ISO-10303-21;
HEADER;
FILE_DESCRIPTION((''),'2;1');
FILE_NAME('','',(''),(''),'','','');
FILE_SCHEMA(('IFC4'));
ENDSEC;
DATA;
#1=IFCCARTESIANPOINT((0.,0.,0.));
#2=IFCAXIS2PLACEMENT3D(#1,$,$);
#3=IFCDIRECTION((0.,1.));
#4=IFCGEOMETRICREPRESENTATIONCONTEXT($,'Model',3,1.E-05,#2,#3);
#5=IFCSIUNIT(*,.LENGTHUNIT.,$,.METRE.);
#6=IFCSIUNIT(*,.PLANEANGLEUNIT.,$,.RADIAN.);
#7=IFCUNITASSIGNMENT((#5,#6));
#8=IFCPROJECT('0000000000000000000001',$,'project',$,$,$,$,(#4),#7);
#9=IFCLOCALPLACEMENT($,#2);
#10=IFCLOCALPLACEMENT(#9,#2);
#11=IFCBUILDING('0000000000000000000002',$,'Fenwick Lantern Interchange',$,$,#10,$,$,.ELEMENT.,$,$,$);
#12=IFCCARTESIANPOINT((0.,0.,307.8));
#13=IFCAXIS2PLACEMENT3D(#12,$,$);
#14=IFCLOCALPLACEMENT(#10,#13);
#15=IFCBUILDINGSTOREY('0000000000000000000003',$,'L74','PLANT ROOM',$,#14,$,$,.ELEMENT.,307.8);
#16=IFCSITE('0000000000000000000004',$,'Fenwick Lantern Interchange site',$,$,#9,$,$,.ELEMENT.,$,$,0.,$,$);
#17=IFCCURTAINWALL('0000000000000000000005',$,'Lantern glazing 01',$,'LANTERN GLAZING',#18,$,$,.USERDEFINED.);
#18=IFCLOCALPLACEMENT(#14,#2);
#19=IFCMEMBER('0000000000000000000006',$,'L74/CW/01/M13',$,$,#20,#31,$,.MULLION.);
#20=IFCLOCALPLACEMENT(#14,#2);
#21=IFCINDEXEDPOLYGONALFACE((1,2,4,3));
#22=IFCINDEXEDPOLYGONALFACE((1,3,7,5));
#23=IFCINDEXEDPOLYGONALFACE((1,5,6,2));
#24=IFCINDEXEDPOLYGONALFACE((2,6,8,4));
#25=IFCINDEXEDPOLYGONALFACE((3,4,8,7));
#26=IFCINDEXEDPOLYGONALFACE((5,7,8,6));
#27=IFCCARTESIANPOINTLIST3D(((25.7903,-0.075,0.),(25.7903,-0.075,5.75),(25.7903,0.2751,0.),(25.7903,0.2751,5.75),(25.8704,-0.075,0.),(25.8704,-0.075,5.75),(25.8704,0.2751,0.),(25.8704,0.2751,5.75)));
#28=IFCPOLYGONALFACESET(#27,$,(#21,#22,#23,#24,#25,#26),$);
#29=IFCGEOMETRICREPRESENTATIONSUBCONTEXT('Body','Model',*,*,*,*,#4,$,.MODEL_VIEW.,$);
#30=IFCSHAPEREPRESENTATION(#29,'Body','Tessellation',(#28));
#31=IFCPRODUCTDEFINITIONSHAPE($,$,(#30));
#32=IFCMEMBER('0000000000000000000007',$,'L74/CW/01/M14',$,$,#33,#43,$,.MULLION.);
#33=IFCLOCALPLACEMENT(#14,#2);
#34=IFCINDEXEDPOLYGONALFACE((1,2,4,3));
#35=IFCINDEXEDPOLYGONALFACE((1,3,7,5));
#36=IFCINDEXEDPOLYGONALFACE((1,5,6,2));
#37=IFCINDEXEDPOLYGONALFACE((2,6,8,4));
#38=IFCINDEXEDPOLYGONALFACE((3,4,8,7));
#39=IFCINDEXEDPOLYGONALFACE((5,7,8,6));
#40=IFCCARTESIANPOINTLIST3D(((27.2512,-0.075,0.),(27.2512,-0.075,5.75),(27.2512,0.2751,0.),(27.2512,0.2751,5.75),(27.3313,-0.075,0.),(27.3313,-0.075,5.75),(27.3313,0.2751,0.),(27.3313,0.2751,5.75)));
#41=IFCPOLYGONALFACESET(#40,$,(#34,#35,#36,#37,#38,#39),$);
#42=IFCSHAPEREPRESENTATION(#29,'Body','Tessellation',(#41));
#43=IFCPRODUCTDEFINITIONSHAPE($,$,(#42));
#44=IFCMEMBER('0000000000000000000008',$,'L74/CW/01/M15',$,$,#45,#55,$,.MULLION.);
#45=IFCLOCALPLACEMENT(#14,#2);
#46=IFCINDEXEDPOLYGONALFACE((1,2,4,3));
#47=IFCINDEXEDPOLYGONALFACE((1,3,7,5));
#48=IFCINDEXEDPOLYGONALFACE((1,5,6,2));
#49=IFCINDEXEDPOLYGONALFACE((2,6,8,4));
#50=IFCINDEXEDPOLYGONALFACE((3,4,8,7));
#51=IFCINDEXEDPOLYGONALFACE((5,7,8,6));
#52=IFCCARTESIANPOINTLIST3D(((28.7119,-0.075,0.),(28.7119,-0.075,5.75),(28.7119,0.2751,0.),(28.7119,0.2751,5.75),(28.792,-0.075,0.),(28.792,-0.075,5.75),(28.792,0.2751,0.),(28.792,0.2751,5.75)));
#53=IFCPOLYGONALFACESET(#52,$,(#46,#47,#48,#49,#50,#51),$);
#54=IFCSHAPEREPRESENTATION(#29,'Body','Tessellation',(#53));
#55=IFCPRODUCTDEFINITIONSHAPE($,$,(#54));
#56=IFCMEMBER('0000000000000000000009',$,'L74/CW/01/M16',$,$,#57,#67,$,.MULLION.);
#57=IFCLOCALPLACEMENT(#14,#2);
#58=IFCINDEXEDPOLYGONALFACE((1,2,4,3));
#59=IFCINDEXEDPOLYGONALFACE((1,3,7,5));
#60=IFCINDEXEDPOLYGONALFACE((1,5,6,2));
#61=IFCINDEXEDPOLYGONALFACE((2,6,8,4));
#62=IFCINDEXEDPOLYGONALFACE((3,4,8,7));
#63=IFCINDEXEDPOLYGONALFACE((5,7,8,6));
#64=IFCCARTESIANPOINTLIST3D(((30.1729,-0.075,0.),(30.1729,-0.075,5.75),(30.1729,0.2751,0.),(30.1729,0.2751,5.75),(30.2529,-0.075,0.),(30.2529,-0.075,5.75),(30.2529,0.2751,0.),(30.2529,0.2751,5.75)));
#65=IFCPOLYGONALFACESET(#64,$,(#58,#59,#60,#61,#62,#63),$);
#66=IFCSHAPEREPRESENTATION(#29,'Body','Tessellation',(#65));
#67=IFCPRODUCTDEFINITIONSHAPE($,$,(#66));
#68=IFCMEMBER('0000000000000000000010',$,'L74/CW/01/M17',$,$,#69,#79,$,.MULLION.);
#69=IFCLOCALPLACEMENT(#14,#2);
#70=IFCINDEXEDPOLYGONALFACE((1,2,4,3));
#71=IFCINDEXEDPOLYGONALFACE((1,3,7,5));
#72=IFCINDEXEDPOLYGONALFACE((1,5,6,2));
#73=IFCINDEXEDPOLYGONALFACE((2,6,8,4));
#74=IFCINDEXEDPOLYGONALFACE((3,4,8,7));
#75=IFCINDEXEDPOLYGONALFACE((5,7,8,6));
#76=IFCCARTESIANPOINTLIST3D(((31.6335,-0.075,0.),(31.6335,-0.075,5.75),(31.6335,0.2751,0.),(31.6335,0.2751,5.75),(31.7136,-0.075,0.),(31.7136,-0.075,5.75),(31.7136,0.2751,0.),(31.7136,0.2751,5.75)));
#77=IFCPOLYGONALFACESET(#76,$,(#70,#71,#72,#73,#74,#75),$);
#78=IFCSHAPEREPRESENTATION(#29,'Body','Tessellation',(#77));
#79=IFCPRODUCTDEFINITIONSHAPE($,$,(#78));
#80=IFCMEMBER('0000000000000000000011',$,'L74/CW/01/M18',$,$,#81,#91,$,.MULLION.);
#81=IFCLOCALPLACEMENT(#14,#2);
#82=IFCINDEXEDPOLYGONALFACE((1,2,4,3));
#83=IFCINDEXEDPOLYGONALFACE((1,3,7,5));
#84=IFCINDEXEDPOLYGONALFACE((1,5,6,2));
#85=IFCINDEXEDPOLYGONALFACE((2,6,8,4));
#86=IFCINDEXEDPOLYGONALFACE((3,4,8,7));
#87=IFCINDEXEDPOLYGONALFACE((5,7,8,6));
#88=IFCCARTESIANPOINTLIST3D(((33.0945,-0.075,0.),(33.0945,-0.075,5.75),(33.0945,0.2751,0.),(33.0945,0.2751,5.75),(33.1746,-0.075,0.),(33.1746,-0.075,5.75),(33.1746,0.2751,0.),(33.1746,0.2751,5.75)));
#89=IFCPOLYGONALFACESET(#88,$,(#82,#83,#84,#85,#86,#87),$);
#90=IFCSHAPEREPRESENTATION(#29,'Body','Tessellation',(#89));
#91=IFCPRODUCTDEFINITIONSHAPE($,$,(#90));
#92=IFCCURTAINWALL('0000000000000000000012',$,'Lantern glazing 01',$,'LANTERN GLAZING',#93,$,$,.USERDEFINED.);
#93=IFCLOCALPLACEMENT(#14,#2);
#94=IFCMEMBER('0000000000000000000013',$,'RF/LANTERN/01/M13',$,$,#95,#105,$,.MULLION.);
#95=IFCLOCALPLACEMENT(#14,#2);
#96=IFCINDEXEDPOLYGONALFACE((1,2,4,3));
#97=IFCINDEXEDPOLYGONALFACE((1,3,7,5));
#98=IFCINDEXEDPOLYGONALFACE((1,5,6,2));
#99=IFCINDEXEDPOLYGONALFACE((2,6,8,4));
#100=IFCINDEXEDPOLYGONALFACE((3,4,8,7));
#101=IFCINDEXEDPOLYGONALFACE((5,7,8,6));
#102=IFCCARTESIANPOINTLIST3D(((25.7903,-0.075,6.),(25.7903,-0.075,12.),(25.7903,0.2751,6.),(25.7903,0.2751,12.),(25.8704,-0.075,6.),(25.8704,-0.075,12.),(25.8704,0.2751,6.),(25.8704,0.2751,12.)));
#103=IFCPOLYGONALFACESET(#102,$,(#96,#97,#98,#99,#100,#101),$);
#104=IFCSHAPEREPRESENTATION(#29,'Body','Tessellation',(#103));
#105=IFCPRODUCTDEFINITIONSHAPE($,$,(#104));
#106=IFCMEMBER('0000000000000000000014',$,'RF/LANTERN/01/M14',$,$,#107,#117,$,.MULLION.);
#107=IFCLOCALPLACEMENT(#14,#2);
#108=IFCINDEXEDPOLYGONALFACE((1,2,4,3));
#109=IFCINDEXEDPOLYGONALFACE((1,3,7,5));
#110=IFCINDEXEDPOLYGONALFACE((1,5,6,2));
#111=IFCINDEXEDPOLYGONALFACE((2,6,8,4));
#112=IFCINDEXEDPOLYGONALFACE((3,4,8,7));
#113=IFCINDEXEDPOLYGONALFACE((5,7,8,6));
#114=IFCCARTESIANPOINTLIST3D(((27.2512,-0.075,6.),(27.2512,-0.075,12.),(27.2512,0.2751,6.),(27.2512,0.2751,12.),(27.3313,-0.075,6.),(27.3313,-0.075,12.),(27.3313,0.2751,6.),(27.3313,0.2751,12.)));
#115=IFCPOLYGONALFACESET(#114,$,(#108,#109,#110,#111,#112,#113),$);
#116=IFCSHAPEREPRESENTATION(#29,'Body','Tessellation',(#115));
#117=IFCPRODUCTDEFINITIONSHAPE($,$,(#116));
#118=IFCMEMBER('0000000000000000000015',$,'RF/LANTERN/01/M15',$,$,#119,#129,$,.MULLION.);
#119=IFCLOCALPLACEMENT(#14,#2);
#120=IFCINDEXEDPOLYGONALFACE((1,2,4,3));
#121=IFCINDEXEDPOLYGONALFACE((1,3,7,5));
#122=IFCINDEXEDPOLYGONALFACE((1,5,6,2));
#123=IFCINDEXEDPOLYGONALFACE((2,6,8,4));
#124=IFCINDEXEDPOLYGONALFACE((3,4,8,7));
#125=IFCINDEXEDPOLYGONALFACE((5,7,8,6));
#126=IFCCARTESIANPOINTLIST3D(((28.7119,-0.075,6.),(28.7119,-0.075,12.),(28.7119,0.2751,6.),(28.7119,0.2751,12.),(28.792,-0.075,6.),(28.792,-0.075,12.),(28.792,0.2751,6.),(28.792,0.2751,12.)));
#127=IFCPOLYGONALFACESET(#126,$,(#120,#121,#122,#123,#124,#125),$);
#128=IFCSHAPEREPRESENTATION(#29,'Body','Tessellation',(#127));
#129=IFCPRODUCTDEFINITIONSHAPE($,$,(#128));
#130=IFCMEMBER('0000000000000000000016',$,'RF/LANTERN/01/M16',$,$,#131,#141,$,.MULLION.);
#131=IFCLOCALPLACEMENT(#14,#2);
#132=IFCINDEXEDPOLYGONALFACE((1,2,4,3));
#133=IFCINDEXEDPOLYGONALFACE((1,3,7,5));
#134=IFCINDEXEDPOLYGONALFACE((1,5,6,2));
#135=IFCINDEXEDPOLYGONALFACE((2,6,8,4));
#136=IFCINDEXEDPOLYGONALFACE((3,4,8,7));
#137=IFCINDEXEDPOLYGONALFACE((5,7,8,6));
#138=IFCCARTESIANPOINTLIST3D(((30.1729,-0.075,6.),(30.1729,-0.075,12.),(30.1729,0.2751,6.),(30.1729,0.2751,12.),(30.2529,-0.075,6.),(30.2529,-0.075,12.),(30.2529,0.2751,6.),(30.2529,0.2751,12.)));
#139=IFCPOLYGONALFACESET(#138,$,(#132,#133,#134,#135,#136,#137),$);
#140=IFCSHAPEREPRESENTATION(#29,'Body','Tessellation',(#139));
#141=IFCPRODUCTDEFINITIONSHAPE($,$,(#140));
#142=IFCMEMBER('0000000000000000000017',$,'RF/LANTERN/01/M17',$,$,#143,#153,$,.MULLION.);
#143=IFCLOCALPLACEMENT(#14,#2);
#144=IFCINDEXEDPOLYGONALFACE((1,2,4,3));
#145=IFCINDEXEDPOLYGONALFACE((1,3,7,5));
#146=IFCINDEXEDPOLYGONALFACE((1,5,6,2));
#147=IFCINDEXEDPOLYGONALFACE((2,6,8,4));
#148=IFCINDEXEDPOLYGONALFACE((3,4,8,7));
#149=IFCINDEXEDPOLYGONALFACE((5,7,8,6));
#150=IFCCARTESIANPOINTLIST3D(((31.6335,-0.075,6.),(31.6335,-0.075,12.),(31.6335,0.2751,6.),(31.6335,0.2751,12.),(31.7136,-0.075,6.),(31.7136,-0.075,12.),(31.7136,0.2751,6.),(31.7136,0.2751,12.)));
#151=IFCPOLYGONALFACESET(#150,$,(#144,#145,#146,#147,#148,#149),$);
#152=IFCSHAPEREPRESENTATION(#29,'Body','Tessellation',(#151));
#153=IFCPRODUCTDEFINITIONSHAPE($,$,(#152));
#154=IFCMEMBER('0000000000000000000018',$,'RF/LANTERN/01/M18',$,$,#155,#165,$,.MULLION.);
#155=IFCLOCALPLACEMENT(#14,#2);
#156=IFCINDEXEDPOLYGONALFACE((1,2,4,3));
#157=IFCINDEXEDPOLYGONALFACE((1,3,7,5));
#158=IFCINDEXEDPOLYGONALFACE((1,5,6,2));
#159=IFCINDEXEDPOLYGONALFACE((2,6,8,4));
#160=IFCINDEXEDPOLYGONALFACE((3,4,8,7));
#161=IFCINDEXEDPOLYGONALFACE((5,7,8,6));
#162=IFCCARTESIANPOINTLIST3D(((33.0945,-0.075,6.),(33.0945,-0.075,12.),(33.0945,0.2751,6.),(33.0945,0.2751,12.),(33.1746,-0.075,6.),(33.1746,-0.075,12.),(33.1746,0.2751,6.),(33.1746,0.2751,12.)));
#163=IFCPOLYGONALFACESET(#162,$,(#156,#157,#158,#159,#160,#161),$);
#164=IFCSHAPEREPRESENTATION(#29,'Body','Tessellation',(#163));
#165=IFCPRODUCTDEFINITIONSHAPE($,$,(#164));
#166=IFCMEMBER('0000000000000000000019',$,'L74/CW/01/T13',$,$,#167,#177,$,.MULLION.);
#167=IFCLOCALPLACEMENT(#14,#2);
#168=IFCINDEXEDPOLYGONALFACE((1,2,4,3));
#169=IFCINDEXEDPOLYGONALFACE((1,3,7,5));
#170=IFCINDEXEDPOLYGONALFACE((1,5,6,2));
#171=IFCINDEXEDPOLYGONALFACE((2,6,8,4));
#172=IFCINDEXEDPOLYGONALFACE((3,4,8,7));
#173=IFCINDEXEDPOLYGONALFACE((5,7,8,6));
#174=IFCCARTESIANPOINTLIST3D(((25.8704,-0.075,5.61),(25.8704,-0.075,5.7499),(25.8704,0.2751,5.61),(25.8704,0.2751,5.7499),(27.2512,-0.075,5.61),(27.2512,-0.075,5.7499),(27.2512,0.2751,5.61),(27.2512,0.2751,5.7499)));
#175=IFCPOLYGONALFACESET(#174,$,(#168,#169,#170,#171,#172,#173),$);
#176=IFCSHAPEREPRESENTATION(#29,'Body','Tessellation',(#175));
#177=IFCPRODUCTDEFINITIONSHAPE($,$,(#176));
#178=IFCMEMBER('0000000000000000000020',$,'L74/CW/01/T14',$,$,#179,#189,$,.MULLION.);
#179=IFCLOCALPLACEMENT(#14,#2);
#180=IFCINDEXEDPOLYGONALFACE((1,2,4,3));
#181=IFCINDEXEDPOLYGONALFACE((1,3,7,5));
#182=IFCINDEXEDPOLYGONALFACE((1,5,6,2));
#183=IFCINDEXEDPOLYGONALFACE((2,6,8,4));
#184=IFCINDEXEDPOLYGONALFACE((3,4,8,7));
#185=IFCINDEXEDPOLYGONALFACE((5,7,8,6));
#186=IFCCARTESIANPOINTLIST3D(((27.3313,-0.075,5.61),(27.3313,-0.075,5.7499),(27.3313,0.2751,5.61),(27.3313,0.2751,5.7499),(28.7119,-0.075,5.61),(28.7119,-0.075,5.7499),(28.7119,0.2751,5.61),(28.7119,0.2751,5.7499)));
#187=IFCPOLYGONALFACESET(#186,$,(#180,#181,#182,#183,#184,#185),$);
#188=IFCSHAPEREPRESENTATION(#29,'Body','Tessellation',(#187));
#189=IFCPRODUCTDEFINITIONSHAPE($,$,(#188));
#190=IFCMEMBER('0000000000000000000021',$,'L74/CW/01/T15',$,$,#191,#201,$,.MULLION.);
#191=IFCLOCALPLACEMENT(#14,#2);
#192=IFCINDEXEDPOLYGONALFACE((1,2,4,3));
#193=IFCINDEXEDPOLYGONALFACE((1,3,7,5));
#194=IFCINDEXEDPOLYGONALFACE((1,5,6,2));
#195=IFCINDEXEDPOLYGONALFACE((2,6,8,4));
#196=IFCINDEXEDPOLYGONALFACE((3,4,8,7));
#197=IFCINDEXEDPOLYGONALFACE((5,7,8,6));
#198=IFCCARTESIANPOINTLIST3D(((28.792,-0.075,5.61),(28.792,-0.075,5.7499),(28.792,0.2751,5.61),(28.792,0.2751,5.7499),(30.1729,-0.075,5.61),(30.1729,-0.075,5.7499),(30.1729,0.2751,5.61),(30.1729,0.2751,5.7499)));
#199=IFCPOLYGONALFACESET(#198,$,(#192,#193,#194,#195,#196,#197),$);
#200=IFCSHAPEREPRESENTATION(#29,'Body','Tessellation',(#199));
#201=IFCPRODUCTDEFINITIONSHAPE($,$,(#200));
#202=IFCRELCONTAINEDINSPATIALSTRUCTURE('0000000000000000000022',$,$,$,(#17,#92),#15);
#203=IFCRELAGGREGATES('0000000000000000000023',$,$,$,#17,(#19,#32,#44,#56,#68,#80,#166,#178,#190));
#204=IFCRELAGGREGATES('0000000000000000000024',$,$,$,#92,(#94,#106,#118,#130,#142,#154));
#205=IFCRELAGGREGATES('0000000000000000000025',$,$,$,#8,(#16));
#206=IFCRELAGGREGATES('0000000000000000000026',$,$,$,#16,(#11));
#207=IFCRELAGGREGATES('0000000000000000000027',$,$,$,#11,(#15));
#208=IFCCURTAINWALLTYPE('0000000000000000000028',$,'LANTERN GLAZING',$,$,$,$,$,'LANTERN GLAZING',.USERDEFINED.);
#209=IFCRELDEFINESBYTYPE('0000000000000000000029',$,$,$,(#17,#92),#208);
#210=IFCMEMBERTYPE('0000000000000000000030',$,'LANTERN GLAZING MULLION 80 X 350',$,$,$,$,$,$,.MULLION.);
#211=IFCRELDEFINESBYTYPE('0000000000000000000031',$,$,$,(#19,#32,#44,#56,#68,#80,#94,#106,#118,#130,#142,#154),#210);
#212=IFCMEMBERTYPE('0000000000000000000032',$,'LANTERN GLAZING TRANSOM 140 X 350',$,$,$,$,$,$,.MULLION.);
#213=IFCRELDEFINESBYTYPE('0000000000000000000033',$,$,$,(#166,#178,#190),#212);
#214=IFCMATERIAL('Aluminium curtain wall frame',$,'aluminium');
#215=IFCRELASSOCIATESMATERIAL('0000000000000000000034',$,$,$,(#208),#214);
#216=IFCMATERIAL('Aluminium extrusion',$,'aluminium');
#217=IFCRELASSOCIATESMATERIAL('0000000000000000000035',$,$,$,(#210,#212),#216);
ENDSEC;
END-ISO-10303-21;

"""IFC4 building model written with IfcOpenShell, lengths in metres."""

from ifc_helpers import new_model, si_unit, direction, frame, origin, origin_2d, place, context, subcontext, project, spatial, rectangle, extrude, material, material_profile, profile_set, type_object, element, aggregate, save


model = new_model("IFC4")

# Units and contexts
model_context = context("Model", 3, precision=1e-05, world=origin(), true_north=direction((0.0, 1.0)))
body_context = subcontext(model_context, "Body", "Model", "MODEL_VIEW")
ifc_project = project(units=[si_unit("LENGTHUNIT", "METRE"), si_unit("PLANEANGLEUNIT", "RADIAN")], contexts=[model_context])

# Site, building, storey
site_placement = place(None, origin())
site = spatial("IfcSite", under=ifc_project, at=site_placement, Name="Fenwick Lantern Interchange site", CompositionType="ELEMENT", RefElevation=0.0)
building_placement = place(site_placement, origin())
building = spatial("IfcBuilding", under=site, at=building_placement, Name="Fenwick Lantern Interchange", CompositionType="ELEMENT")
storey_placement = place(building_placement, frame((0.0, 0.0, 307.8)))
storey = spatial("IfcBuildingStorey", under=building, at=storey_placement, Name="L74", Description="PLANT ROOM", CompositionType="ELEMENT", Elevation=307.8)

# Curtain walls, members
ifc_material_1 = material(Name="Aluminium curtain wall frame", Category="aluminium")
curtain_wall_type = type_object("IfcCurtainWallType", Name="LANTERN GLAZING", ElementType="LANTERN GLAZING", PredefinedType="USERDEFINED", material=ifc_material_1)
curtain_wall_1_placement = place(storey_placement, origin())
curtain_wall_1 = element("IfcCurtainWall", 1, at=curtain_wall_1_placement, inside=storey, type_object=curtain_wall_type, Name="Lantern glazing 01", ObjectType="LANTERN GLAZING", PredefinedType="USERDEFINED")
ifc_material_2 = material(Name="Aluminium extrusion", Category="aluminium")
ifc_material_profile_1 = material_profile(ifc_material_2, rectangle(XDim=0.3501, YDim=0.0801, at=origin_2d()), Name="LANTERN GLAZING MULLION 80 X 350")
ifc_profile_set_1 = profile_set([ifc_material_profile_1], Name="Aluminium extrusion")
member_type_1 = type_object("IfcMemberType", Name="LANTERN GLAZING MULLION 80 X 350", PredefinedType="MULLION", material=ifc_profile_set_1)
member_1_placement = place(storey_placement, frame((25.8303, 0.1001, 0.0), z_axis=(0.0, 0.0, 1.0), x_axis=(0.0, 1.0, 0.0)))
member_1 = element("IfcMember", 2, at=member_1_placement, type_object=member_type_1, Name="L74/CW/01/M13", PredefinedType="MULLION", context=body_context, shape_type="SweptSolid", body=[
    extrude(rectangle(XDim=0.3501, YDim=0.0801, at=origin_2d()), origin(), (0.0, 0.0, 1.0), 5.75),
])
member_2_placement = place(storey_placement, frame((27.2913, 0.1001, 0.0), z_axis=(0.0, 0.0, 1.0), x_axis=(0.0, 1.0, 0.0)))
member_2 = element("IfcMember", 3, at=member_2_placement, type_object=member_type_1, Name="L74/CW/01/M14", PredefinedType="MULLION", context=body_context, shape_type="SweptSolid", body=[
    extrude(rectangle(XDim=0.3501, YDim=0.0801, at=origin_2d()), origin(), (0.0, 0.0, 1.0), 5.75),
])
member_3_placement = place(storey_placement, frame((28.752, 0.1001, 0.0), z_axis=(0.0, 0.0, 1.0), x_axis=(0.0, 1.0, 0.0)))
member_3 = element("IfcMember", 4, at=member_3_placement, type_object=member_type_1, Name="L74/CW/01/M15", PredefinedType="MULLION", context=body_context, shape_type="SweptSolid", body=[
    extrude(rectangle(XDim=0.3501, YDim=0.0801, at=origin_2d()), origin(), (0.0, 0.0, 1.0), 5.75),
])
member_4_placement = place(storey_placement, frame((30.2129, 0.1001, 0.0), z_axis=(0.0, 0.0, 1.0), x_axis=(0.0, 1.0, 0.0)))
member_4 = element("IfcMember", 5, at=member_4_placement, type_object=member_type_1, Name="L74/CW/01/M16", PredefinedType="MULLION", context=body_context, shape_type="SweptSolid", body=[
    extrude(rectangle(XDim=0.3501, YDim=0.0801, at=origin_2d()), origin(), (0.0, 0.0, 1.0), 5.75),
])
member_5_placement = place(storey_placement, frame((31.6736, 0.1001, 0.0), z_axis=(0.0, 0.0, 1.0), x_axis=(0.0, 1.0, 0.0)))
member_5 = element("IfcMember", 6, at=member_5_placement, type_object=member_type_1, Name="L74/CW/01/M17", PredefinedType="MULLION", context=body_context, shape_type="SweptSolid", body=[
    extrude(rectangle(XDim=0.3501, YDim=0.0801, at=origin_2d()), origin(), (0.0, 0.0, 1.0), 5.75),
])
member_6_placement = place(storey_placement, frame((33.1345, 0.1001, 0.0), z_axis=(0.0, 0.0, 1.0), x_axis=(0.0, 1.0, 0.0)))
member_6 = element("IfcMember", 7, at=member_6_placement, type_object=member_type_1, Name="L74/CW/01/M18", PredefinedType="MULLION", context=body_context, shape_type="SweptSolid", body=[
    extrude(rectangle(XDim=0.3501, YDim=0.0801, at=origin_2d()), origin(), (0.0, 0.0, 1.0), 5.75),
])
curtain_wall_2_placement = place(storey_placement, origin())
curtain_wall_2 = element("IfcCurtainWall", 8, at=curtain_wall_2_placement, inside=storey, type_object=curtain_wall_type, Name="Lantern glazing 01", ObjectType="LANTERN GLAZING", PredefinedType="USERDEFINED")
member_7_placement = place(storey_placement, frame((25.8303, 0.1001, 6.0), z_axis=(0.0, 0.0, 1.0), x_axis=(0.0, 1.0, 0.0)))
member_7 = element("IfcMember", 9, at=member_7_placement, type_object=member_type_1, Name="RF/LANTERN/01/M13", PredefinedType="MULLION", context=body_context, shape_type="SweptSolid", body=[
    extrude(rectangle(XDim=0.3501, YDim=0.0801, at=origin_2d()), origin(), (0.0, 0.0, 1.0), 6.0),
])
member_8_placement = place(storey_placement, frame((27.2913, 0.1001, 6.0), z_axis=(0.0, 0.0, 1.0), x_axis=(0.0, 1.0, 0.0)))
member_8 = element("IfcMember", 10, at=member_8_placement, type_object=member_type_1, Name="RF/LANTERN/01/M14", PredefinedType="MULLION", context=body_context, shape_type="SweptSolid", body=[
    extrude(rectangle(XDim=0.3501, YDim=0.0801, at=origin_2d()), origin(), (0.0, 0.0, 1.0), 6.0),
])
member_9_placement = place(storey_placement, frame((28.752, 0.1001, 6.0), z_axis=(0.0, 0.0, 1.0), x_axis=(0.0, 1.0, 0.0)))
member_9 = element("IfcMember", 11, at=member_9_placement, type_object=member_type_1, Name="RF/LANTERN/01/M15", PredefinedType="MULLION", context=body_context, shape_type="SweptSolid", body=[
    extrude(rectangle(XDim=0.3501, YDim=0.0801, at=origin_2d()), origin(), (0.0, 0.0, 1.0), 6.0),
])
member_10_placement = place(storey_placement, frame((30.2129, 0.1001, 6.0), z_axis=(0.0, 0.0, 1.0), x_axis=(0.0, 1.0, 0.0)))
member_10 = element("IfcMember", 12, at=member_10_placement, type_object=member_type_1, Name="RF/LANTERN/01/M16", PredefinedType="MULLION", context=body_context, shape_type="SweptSolid", body=[
    extrude(rectangle(XDim=0.3501, YDim=0.0801, at=origin_2d()), origin(), (0.0, 0.0, 1.0), 6.0),
])
member_11_placement = place(storey_placement, frame((31.6736, 0.1001, 6.0), z_axis=(0.0, 0.0, 1.0), x_axis=(0.0, 1.0, 0.0)))
member_11 = element("IfcMember", 13, at=member_11_placement, type_object=member_type_1, Name="RF/LANTERN/01/M17", PredefinedType="MULLION", context=body_context, shape_type="SweptSolid", body=[
    extrude(rectangle(XDim=0.3501, YDim=0.0801, at=origin_2d()), origin(), (0.0, 0.0, 1.0), 6.0),
])
member_12_placement = place(storey_placement, frame((33.1345, 0.1001, 6.0), z_axis=(0.0, 0.0, 1.0), x_axis=(0.0, 1.0, 0.0)))
member_12 = element("IfcMember", 14, at=member_12_placement, type_object=member_type_1, Name="RF/LANTERN/01/M18", PredefinedType="MULLION", context=body_context, shape_type="SweptSolid", body=[
    extrude(rectangle(XDim=0.3501, YDim=0.0801, at=origin_2d()), origin(), (0.0, 0.0, 1.0), 6.0),
])

# Members
ifc_material_profile_2 = material_profile(ifc_material_2, rectangle(XDim=0.3501, YDim=0.1399, at=origin_2d()), Name="LANTERN GLAZING TRANSOM 140 X 350")
ifc_profile_set_2 = profile_set([ifc_material_profile_2], Name="Aluminium extrusion")
member_type_2 = type_object("IfcMemberType", Name="LANTERN GLAZING TRANSOM 140 X 350", PredefinedType="MULLION", material=ifc_profile_set_2)
member_13_placement = place(storey_placement, frame((25.8704, 0.1001, 5.6799), z_axis=(1.0, 0.0, 0.0), x_axis=(0.0, 1.0, 0.0)))
member_13 = element("IfcMember", 15, at=member_13_placement, type_object=member_type_2, Name="L74/CW/01/T13", PredefinedType="MULLION", context=body_context, shape_type="SweptSolid", body=[
    extrude(rectangle(XDim=0.3501, YDim=0.1399, at=origin_2d()), origin(), (0.0, 0.0, 1.0), 1.3809),
])
member_14_placement = place(storey_placement, frame((27.3313, 0.1001, 5.6799), z_axis=(1.0, 0.0, 0.0), x_axis=(0.0, 1.0, 0.0)))
member_14 = element("IfcMember", 16, at=member_14_placement, type_object=member_type_2, Name="L74/CW/01/T14", PredefinedType="MULLION", context=body_context, shape_type="SweptSolid", body=[
    extrude(rectangle(XDim=0.3501, YDim=0.1399, at=origin_2d()), origin(), (0.0, 0.0, 1.0), 1.3806),
])
member_15_placement = place(storey_placement, frame((28.792, 0.1001, 5.6799), z_axis=(1.0, 0.0, 0.0), x_axis=(0.0, 1.0, 0.0)))
member_15 = element("IfcMember", 17, at=member_15_placement, type_object=member_type_2, Name="L74/CW/01/T15", PredefinedType="MULLION", context=body_context, shape_type="SweptSolid", body=[
    extrude(rectangle(XDim=0.3501, YDim=0.1399, at=origin_2d()), origin(), (0.0, 0.0, 1.0), 1.3809),
])

aggregate(curtain_wall_1, [member_1, member_2, member_3, member_4, member_5, member_6, member_13, member_14, member_15])
aggregate(curtain_wall_2, [member_7, member_8, member_9, member_10, member_11, member_12])

save(model, "model.ifc")
